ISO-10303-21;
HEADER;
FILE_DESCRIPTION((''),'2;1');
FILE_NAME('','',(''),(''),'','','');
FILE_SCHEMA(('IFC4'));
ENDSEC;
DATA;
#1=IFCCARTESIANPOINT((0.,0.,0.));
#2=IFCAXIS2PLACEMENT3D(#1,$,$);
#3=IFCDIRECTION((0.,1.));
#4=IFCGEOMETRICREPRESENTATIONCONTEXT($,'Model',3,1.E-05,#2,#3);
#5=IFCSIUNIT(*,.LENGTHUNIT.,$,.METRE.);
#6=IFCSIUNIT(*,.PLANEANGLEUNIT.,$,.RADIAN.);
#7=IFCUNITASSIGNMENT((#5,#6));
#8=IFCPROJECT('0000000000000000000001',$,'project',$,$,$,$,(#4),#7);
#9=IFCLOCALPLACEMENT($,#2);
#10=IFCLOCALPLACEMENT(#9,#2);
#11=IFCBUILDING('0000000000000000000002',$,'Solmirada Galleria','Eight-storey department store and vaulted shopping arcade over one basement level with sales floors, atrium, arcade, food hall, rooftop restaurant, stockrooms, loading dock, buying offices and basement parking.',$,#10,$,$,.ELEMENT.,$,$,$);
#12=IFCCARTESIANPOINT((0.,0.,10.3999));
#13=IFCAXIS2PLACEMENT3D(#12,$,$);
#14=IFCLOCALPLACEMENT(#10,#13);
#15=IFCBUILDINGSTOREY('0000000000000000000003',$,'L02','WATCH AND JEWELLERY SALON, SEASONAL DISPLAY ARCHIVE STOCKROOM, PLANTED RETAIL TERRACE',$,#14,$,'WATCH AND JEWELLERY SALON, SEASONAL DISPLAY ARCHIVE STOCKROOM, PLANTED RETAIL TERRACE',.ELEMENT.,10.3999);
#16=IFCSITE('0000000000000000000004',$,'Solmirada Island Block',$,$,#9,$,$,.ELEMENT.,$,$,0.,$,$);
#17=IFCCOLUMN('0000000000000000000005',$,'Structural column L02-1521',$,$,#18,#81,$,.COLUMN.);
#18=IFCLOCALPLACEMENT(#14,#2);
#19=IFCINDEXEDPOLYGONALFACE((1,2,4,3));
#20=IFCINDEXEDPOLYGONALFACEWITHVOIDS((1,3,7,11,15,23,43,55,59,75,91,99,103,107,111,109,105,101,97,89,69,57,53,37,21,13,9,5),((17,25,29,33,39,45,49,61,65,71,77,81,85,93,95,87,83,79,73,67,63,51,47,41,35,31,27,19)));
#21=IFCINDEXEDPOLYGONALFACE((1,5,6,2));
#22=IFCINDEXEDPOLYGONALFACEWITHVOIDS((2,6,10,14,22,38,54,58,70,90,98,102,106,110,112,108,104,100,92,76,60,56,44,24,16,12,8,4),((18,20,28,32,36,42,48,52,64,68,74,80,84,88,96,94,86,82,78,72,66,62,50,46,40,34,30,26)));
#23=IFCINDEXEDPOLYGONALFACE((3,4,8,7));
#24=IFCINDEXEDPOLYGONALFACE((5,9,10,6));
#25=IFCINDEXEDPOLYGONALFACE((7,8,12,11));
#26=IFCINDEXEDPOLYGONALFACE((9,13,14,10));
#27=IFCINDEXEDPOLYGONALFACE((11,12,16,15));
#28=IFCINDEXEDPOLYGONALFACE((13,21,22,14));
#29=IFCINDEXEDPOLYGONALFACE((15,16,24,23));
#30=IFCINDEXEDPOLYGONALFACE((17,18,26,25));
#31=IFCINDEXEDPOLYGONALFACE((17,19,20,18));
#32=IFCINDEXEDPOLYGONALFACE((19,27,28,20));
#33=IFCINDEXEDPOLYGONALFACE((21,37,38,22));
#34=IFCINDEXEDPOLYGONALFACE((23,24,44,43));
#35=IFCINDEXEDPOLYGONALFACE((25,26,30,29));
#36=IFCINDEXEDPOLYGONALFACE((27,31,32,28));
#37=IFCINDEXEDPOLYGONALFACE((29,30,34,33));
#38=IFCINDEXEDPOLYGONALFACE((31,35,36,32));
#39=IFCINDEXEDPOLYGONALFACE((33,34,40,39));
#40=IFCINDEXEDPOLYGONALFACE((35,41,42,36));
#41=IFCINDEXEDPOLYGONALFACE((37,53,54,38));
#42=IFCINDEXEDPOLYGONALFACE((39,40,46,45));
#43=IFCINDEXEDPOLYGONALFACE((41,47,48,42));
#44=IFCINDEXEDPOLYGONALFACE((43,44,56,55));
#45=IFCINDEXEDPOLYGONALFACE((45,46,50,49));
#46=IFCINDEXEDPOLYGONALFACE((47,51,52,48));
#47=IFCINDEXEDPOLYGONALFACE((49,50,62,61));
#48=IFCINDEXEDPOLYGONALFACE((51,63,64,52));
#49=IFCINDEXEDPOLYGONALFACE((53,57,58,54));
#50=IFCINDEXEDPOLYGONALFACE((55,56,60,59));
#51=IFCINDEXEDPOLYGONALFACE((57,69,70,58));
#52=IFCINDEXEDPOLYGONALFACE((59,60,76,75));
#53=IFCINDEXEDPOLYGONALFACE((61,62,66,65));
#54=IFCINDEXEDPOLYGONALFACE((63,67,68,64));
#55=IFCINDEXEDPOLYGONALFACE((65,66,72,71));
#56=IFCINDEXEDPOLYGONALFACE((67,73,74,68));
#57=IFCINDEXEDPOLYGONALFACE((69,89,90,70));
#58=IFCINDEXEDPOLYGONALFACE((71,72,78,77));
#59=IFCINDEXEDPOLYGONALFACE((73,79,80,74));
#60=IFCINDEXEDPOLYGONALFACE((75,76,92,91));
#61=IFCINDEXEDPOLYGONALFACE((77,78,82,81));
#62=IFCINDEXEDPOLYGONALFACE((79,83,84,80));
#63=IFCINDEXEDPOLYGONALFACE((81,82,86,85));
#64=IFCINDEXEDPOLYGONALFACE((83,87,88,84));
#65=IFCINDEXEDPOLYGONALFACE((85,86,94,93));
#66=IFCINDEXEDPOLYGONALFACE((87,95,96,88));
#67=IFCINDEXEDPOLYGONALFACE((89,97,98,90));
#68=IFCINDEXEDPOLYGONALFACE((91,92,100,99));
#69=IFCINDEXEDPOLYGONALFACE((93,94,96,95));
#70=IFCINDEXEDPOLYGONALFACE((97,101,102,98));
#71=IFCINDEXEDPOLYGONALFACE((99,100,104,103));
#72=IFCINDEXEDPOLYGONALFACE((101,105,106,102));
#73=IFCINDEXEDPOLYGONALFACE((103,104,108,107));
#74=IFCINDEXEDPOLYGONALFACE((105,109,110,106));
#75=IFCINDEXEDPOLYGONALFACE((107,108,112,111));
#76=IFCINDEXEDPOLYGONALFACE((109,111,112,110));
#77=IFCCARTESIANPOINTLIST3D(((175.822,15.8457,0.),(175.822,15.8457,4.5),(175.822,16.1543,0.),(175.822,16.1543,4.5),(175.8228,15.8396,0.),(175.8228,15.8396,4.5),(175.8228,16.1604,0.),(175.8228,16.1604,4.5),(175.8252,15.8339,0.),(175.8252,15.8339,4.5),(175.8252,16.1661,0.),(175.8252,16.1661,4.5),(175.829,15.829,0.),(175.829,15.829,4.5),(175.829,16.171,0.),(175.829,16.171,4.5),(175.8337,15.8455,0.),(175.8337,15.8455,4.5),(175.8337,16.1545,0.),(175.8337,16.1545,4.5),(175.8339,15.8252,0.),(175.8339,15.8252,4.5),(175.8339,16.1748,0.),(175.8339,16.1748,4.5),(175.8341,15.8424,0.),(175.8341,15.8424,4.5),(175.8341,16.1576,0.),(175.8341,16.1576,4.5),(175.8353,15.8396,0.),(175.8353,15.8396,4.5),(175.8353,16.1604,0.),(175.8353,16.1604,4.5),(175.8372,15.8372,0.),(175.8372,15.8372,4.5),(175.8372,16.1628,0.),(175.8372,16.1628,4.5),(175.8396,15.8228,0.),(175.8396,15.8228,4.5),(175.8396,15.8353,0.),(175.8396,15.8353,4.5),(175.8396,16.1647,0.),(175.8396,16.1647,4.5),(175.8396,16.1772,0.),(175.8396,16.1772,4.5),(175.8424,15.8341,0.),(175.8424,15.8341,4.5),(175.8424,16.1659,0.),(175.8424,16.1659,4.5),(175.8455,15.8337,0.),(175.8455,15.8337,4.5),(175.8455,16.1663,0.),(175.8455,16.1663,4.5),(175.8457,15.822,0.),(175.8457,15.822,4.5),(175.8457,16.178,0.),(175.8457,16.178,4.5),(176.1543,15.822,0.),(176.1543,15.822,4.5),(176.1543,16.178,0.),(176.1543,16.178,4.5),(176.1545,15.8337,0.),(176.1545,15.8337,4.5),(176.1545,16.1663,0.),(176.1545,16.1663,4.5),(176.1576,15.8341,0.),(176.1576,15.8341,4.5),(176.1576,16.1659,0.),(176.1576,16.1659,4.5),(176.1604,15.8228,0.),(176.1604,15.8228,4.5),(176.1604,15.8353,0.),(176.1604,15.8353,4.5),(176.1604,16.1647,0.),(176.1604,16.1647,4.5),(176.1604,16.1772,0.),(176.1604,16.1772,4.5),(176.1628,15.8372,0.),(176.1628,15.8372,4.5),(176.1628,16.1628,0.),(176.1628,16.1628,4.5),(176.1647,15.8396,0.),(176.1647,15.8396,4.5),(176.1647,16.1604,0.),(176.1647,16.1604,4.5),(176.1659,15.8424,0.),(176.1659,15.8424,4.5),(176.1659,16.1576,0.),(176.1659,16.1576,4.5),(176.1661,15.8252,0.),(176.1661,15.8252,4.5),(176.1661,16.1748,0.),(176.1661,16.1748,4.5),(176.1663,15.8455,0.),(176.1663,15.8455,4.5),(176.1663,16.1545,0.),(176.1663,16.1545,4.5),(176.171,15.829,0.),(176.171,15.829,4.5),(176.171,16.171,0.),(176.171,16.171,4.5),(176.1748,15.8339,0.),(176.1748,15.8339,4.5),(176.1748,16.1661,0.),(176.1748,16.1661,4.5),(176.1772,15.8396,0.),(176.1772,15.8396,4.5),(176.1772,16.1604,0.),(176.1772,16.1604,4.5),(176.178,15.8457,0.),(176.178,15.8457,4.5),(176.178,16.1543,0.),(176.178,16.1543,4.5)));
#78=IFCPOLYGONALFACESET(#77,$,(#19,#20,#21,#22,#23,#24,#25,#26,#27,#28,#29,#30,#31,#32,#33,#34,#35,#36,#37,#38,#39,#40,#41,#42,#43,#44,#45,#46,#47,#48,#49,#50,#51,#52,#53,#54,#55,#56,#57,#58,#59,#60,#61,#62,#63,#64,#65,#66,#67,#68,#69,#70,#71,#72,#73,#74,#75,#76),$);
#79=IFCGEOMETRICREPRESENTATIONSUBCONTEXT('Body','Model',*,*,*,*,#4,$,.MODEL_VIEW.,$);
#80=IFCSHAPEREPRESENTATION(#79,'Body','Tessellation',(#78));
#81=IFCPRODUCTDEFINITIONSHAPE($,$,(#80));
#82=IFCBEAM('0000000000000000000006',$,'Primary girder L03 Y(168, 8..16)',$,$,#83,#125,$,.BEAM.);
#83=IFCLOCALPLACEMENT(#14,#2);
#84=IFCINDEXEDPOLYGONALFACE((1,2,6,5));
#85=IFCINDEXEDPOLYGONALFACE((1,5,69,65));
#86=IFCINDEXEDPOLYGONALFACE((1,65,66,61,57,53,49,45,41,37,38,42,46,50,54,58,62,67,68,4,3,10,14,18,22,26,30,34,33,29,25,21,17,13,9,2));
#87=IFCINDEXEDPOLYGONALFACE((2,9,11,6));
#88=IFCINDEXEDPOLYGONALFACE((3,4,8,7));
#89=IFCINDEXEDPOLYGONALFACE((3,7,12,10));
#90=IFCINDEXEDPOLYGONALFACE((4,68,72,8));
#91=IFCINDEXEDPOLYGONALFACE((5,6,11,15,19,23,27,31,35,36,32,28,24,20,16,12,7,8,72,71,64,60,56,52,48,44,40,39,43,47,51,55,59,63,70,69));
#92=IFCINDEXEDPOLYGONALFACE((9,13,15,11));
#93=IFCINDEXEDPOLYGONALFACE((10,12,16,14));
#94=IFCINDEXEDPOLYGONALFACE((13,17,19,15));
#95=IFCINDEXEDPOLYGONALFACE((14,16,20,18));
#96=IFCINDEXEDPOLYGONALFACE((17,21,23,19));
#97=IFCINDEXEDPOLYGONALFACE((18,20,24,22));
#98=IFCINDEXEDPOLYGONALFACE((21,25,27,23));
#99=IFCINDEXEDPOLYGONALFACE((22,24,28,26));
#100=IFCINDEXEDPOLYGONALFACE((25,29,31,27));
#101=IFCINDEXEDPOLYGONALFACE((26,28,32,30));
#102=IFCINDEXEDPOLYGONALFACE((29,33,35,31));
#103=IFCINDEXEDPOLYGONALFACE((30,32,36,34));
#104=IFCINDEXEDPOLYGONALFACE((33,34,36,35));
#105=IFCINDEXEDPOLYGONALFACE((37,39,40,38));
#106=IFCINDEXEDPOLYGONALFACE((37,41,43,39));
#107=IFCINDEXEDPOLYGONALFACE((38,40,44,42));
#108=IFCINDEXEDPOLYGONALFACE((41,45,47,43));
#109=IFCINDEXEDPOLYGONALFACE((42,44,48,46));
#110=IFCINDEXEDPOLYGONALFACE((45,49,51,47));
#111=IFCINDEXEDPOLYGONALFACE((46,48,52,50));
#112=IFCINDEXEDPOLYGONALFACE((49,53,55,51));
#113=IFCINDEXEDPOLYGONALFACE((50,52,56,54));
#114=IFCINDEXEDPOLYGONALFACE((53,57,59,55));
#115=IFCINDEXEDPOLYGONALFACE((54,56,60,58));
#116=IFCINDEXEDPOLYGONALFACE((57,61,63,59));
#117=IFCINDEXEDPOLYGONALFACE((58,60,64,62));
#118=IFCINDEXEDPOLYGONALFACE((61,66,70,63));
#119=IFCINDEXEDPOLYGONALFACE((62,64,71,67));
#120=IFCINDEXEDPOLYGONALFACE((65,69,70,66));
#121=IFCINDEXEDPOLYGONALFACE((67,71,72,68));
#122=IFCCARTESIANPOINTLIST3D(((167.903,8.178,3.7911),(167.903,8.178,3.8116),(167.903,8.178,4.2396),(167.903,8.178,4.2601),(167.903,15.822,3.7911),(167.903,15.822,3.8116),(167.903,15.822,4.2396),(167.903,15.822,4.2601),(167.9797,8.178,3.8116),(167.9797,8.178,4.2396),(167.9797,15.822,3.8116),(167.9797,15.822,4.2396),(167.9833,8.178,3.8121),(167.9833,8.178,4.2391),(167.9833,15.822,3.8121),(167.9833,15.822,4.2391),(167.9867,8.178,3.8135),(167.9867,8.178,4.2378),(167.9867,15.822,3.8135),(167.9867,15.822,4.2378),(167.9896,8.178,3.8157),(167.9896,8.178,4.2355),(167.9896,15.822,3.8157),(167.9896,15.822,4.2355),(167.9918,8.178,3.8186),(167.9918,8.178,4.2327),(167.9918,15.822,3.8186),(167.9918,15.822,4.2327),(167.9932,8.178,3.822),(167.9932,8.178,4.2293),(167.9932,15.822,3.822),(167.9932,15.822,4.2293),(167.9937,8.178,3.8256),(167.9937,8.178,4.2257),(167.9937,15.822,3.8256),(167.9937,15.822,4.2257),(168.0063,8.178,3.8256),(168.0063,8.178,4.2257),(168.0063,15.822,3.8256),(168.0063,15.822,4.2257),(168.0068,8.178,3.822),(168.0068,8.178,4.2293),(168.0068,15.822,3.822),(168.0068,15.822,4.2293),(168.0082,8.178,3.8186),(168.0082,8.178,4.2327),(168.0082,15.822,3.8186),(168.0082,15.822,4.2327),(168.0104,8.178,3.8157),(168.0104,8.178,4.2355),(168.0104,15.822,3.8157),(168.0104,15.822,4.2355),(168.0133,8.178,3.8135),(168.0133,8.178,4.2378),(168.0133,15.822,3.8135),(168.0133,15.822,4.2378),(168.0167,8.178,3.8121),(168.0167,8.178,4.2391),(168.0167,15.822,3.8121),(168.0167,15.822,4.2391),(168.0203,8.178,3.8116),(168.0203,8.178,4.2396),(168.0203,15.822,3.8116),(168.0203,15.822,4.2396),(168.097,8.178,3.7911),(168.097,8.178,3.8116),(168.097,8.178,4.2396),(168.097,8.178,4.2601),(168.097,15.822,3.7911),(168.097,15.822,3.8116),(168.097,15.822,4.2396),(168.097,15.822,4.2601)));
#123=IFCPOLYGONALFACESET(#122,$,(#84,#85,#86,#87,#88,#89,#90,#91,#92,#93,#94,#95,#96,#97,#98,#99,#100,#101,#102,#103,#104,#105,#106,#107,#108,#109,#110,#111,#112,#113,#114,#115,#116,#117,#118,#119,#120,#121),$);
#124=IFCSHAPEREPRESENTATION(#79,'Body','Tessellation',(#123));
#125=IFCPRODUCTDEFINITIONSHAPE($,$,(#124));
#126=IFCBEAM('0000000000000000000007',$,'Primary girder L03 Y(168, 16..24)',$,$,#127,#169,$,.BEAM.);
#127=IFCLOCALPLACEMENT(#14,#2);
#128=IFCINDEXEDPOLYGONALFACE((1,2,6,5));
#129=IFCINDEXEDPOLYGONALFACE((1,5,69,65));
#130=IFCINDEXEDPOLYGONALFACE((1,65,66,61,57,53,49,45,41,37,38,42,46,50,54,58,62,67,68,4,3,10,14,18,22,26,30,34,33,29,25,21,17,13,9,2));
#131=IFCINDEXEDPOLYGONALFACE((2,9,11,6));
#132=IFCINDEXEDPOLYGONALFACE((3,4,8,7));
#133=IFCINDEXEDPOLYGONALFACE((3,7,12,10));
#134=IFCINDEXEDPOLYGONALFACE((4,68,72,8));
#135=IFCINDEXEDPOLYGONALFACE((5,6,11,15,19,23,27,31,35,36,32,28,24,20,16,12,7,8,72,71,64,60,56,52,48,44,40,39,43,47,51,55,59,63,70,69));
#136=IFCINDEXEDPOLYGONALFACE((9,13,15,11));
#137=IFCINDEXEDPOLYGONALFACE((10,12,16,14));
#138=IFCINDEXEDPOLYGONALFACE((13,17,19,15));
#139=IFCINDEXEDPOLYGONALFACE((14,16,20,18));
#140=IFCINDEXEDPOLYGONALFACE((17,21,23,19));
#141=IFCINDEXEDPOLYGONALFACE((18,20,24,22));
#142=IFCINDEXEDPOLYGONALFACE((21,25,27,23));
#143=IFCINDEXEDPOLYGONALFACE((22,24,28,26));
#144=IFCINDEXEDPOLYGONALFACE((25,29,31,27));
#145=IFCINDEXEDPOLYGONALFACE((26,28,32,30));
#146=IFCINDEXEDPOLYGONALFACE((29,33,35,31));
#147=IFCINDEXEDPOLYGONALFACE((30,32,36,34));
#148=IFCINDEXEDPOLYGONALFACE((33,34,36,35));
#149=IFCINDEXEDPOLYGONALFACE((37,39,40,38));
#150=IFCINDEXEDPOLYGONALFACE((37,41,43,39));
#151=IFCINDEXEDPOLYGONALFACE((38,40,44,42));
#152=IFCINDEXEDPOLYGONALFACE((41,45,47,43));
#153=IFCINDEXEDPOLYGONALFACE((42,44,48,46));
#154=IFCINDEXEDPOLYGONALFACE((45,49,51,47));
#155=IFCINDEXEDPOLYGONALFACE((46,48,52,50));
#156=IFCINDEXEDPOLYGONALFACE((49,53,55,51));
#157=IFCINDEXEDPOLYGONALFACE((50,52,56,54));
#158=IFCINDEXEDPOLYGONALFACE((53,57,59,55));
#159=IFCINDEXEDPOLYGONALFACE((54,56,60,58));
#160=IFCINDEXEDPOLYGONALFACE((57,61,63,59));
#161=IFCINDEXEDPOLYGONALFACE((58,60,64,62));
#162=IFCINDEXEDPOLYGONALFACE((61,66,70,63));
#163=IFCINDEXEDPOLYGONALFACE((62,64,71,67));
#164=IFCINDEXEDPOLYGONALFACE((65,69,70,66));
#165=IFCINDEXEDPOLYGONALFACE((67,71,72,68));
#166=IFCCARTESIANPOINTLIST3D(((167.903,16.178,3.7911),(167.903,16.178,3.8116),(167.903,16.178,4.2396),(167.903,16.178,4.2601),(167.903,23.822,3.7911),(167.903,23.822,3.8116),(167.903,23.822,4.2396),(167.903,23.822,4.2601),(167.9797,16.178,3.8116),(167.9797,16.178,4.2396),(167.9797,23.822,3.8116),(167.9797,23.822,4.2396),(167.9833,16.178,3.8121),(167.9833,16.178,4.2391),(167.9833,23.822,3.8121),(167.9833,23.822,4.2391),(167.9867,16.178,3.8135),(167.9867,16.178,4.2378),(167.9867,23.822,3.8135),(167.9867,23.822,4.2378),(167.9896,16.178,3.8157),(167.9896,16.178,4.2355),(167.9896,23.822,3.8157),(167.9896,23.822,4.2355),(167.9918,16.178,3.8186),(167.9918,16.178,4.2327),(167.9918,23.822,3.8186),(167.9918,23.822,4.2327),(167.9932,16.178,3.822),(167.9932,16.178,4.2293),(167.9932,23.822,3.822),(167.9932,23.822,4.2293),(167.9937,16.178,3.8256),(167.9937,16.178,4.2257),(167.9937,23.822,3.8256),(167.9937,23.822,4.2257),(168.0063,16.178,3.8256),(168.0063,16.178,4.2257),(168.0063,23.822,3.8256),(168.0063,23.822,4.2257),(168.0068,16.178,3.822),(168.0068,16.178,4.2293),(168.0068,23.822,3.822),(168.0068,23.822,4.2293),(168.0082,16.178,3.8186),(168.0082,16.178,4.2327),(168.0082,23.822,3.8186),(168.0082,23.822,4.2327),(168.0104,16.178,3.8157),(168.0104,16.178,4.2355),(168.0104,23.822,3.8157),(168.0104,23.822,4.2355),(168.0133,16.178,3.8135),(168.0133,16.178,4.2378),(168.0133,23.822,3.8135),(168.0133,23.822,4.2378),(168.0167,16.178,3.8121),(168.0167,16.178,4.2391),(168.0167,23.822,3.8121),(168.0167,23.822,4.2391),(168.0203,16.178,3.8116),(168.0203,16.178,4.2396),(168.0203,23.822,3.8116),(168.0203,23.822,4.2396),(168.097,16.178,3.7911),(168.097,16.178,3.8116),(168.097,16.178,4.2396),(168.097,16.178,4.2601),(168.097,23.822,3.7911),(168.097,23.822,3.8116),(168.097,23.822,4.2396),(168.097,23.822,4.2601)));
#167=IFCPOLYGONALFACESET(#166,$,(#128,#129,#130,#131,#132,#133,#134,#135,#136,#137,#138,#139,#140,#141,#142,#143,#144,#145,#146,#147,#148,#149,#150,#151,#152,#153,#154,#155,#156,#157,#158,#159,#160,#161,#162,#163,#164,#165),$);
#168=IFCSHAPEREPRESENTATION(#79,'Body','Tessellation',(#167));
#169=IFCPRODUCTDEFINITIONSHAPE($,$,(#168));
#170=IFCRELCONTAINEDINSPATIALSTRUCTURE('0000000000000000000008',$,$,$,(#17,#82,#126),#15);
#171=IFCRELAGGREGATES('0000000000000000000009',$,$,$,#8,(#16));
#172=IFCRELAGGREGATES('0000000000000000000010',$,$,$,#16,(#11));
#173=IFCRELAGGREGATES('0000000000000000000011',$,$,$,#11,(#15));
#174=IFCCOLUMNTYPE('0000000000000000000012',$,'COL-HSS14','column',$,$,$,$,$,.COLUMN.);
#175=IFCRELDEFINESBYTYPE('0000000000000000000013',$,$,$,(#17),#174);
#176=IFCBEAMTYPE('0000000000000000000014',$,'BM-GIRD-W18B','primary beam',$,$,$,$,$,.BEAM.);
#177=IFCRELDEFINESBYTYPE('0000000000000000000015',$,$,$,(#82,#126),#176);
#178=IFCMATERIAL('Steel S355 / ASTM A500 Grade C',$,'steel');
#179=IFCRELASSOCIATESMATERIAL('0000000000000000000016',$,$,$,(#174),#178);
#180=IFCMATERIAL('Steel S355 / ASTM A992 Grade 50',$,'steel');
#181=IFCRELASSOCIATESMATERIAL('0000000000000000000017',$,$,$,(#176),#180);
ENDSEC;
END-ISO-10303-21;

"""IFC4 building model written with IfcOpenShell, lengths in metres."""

from ifc_helpers import new_model, si_unit, direction, frame, origin, origin_2d, place, context, subcontext, project, spatial, hollow_rectangle, i_section, extrude, material, material_profile, profile_set, type_object, element, save


model = new_model("IFC4")

# Units and contexts
model_context = context("Model", 3, precision=1e-05, world=origin(), true_north=direction((0.0, 1.0)))
body_context = subcontext(model_context, "Body", "Model", "MODEL_VIEW")
ifc_project = project(units=[si_unit("LENGTHUNIT", "METRE"), si_unit("PLANEANGLEUNIT", "RADIAN")], contexts=[model_context])

# Site, building, storey
site_placement = place(None, origin())
site = spatial("IfcSite", under=ifc_project, at=site_placement, Name="Solmirada Island Block", CompositionType="ELEMENT", RefElevation=0.0)
building_placement = place(site_placement, origin())
building = spatial("IfcBuilding", under=site, at=building_placement, Name="Solmirada Galleria", Description="Eight-storey department store and vaulted shopping arcade over one basement level with sales floors, atrium, arcade, food hall, rooftop restaurant, stockrooms, loading dock, buying offices and basement parking.", CompositionType="ELEMENT")
storey_placement = place(building_placement, frame((0.0, 0.0, 10.3999)))
storey = spatial("IfcBuildingStorey", under=building, at=storey_placement, Name="L02", Description="WATCH AND JEWELLERY SALON, SEASONAL DISPLAY ARCHIVE STOCKROOM, PLANTED RETAIL TERRACE", LongName="WATCH AND JEWELLERY SALON, SEASONAL DISPLAY ARCHIVE STOCKROOM, PLANTED RETAIL TERRACE", CompositionType="ELEMENT", Elevation=10.3999)

# Column
ifc_material_1 = material(Name="Steel S355 / ASTM A500 Grade C", Category="steel")
ifc_material_profile_1 = material_profile(ifc_material_1, hollow_rectangle(XDim=0.356, YDim=0.356, WallThickness=0.0117, InnerFilletRadius=0.0117, OuterFilletRadius=0.0237, at=origin_2d()), Name="HSS14X14X1/2")
ifc_profile_set_1 = profile_set([ifc_material_profile_1], Name="Steel S355 / ASTM A500 Grade C")
column_type = type_object("IfcColumnType", Name="COL-HSS14", Description="column", PredefinedType="COLUMN", material=ifc_profile_set_1)
for number, where, z_axis, x_axis, name in (
    (1, (176.0, 16.0, 0.0), (0.0, 0.0, 1.0), (1.0, 0.0, 0.0), "Structural column L02-1521"),
):
    element("IfcColumn", number, at=place(storey_placement, frame(where, z_axis=z_axis, x_axis=x_axis)), inside=storey, type_object=column_type, Name=name, PredefinedType="COLUMN", context=body_context, shape_type="SweptSolid", body=[
        extrude(hollow_rectangle(XDim=0.356, YDim=0.356, WallThickness=0.0117, InnerFilletRadius=0.0117, OuterFilletRadius=0.0237, at=origin_2d()), origin(), (0.0, 0.0, 1.0), 4.5),
    ])

# Beams
ifc_material_2 = material(Name="Steel S355 / ASTM A992 Grade 50", Category="steel")
ifc_material_profile_2 = material_profile(ifc_material_2, i_section(OverallWidth=0.1941, OverallDepth=0.469, WebThickness=0.0127, FlangeThickness=0.0205, FilletRadius=0.0139, at=origin_2d()), Name="W18X71")
ifc_profile_set_2 = profile_set([ifc_material_profile_2], Name="Steel S355 / ASTM A992 Grade 50")
beam_type_1 = type_object("IfcBeamType", Name="BM-GIRD-W18B", Description="primary beam", PredefinedType="BEAM", material=ifc_profile_set_2)
for number, where, z_axis, x_axis, name in (
    (2, (168.0, 8.178, 4.0256), (0.0, 1.0, 0.0), (-1.0, 0.0, 0.0), "Primary girder L03 Y(168, 8..16)"),
    (3, (168.0, 16.178, 4.0256), (0.0, 1.0, 0.0), (-1.0, 0.0, 0.0), "Primary girder L03 Y(168, 16..24)"),
):
    element("IfcBeam", number, at=place(storey_placement, frame(where, z_axis=z_axis, x_axis=x_axis)), inside=storey, type_object=beam_type_1, Name=name, PredefinedType="BEAM", context=body_context, shape_type="SweptSolid", body=[
        extrude(i_section(OverallWidth=0.1941, OverallDepth=0.469, WebThickness=0.0127, FlangeThickness=0.0205, FilletRadius=0.0139, at=origin_2d()), origin(), (0.0, 0.0, 1.0), 7.644),
    ])

save(model, "model.ifc")
